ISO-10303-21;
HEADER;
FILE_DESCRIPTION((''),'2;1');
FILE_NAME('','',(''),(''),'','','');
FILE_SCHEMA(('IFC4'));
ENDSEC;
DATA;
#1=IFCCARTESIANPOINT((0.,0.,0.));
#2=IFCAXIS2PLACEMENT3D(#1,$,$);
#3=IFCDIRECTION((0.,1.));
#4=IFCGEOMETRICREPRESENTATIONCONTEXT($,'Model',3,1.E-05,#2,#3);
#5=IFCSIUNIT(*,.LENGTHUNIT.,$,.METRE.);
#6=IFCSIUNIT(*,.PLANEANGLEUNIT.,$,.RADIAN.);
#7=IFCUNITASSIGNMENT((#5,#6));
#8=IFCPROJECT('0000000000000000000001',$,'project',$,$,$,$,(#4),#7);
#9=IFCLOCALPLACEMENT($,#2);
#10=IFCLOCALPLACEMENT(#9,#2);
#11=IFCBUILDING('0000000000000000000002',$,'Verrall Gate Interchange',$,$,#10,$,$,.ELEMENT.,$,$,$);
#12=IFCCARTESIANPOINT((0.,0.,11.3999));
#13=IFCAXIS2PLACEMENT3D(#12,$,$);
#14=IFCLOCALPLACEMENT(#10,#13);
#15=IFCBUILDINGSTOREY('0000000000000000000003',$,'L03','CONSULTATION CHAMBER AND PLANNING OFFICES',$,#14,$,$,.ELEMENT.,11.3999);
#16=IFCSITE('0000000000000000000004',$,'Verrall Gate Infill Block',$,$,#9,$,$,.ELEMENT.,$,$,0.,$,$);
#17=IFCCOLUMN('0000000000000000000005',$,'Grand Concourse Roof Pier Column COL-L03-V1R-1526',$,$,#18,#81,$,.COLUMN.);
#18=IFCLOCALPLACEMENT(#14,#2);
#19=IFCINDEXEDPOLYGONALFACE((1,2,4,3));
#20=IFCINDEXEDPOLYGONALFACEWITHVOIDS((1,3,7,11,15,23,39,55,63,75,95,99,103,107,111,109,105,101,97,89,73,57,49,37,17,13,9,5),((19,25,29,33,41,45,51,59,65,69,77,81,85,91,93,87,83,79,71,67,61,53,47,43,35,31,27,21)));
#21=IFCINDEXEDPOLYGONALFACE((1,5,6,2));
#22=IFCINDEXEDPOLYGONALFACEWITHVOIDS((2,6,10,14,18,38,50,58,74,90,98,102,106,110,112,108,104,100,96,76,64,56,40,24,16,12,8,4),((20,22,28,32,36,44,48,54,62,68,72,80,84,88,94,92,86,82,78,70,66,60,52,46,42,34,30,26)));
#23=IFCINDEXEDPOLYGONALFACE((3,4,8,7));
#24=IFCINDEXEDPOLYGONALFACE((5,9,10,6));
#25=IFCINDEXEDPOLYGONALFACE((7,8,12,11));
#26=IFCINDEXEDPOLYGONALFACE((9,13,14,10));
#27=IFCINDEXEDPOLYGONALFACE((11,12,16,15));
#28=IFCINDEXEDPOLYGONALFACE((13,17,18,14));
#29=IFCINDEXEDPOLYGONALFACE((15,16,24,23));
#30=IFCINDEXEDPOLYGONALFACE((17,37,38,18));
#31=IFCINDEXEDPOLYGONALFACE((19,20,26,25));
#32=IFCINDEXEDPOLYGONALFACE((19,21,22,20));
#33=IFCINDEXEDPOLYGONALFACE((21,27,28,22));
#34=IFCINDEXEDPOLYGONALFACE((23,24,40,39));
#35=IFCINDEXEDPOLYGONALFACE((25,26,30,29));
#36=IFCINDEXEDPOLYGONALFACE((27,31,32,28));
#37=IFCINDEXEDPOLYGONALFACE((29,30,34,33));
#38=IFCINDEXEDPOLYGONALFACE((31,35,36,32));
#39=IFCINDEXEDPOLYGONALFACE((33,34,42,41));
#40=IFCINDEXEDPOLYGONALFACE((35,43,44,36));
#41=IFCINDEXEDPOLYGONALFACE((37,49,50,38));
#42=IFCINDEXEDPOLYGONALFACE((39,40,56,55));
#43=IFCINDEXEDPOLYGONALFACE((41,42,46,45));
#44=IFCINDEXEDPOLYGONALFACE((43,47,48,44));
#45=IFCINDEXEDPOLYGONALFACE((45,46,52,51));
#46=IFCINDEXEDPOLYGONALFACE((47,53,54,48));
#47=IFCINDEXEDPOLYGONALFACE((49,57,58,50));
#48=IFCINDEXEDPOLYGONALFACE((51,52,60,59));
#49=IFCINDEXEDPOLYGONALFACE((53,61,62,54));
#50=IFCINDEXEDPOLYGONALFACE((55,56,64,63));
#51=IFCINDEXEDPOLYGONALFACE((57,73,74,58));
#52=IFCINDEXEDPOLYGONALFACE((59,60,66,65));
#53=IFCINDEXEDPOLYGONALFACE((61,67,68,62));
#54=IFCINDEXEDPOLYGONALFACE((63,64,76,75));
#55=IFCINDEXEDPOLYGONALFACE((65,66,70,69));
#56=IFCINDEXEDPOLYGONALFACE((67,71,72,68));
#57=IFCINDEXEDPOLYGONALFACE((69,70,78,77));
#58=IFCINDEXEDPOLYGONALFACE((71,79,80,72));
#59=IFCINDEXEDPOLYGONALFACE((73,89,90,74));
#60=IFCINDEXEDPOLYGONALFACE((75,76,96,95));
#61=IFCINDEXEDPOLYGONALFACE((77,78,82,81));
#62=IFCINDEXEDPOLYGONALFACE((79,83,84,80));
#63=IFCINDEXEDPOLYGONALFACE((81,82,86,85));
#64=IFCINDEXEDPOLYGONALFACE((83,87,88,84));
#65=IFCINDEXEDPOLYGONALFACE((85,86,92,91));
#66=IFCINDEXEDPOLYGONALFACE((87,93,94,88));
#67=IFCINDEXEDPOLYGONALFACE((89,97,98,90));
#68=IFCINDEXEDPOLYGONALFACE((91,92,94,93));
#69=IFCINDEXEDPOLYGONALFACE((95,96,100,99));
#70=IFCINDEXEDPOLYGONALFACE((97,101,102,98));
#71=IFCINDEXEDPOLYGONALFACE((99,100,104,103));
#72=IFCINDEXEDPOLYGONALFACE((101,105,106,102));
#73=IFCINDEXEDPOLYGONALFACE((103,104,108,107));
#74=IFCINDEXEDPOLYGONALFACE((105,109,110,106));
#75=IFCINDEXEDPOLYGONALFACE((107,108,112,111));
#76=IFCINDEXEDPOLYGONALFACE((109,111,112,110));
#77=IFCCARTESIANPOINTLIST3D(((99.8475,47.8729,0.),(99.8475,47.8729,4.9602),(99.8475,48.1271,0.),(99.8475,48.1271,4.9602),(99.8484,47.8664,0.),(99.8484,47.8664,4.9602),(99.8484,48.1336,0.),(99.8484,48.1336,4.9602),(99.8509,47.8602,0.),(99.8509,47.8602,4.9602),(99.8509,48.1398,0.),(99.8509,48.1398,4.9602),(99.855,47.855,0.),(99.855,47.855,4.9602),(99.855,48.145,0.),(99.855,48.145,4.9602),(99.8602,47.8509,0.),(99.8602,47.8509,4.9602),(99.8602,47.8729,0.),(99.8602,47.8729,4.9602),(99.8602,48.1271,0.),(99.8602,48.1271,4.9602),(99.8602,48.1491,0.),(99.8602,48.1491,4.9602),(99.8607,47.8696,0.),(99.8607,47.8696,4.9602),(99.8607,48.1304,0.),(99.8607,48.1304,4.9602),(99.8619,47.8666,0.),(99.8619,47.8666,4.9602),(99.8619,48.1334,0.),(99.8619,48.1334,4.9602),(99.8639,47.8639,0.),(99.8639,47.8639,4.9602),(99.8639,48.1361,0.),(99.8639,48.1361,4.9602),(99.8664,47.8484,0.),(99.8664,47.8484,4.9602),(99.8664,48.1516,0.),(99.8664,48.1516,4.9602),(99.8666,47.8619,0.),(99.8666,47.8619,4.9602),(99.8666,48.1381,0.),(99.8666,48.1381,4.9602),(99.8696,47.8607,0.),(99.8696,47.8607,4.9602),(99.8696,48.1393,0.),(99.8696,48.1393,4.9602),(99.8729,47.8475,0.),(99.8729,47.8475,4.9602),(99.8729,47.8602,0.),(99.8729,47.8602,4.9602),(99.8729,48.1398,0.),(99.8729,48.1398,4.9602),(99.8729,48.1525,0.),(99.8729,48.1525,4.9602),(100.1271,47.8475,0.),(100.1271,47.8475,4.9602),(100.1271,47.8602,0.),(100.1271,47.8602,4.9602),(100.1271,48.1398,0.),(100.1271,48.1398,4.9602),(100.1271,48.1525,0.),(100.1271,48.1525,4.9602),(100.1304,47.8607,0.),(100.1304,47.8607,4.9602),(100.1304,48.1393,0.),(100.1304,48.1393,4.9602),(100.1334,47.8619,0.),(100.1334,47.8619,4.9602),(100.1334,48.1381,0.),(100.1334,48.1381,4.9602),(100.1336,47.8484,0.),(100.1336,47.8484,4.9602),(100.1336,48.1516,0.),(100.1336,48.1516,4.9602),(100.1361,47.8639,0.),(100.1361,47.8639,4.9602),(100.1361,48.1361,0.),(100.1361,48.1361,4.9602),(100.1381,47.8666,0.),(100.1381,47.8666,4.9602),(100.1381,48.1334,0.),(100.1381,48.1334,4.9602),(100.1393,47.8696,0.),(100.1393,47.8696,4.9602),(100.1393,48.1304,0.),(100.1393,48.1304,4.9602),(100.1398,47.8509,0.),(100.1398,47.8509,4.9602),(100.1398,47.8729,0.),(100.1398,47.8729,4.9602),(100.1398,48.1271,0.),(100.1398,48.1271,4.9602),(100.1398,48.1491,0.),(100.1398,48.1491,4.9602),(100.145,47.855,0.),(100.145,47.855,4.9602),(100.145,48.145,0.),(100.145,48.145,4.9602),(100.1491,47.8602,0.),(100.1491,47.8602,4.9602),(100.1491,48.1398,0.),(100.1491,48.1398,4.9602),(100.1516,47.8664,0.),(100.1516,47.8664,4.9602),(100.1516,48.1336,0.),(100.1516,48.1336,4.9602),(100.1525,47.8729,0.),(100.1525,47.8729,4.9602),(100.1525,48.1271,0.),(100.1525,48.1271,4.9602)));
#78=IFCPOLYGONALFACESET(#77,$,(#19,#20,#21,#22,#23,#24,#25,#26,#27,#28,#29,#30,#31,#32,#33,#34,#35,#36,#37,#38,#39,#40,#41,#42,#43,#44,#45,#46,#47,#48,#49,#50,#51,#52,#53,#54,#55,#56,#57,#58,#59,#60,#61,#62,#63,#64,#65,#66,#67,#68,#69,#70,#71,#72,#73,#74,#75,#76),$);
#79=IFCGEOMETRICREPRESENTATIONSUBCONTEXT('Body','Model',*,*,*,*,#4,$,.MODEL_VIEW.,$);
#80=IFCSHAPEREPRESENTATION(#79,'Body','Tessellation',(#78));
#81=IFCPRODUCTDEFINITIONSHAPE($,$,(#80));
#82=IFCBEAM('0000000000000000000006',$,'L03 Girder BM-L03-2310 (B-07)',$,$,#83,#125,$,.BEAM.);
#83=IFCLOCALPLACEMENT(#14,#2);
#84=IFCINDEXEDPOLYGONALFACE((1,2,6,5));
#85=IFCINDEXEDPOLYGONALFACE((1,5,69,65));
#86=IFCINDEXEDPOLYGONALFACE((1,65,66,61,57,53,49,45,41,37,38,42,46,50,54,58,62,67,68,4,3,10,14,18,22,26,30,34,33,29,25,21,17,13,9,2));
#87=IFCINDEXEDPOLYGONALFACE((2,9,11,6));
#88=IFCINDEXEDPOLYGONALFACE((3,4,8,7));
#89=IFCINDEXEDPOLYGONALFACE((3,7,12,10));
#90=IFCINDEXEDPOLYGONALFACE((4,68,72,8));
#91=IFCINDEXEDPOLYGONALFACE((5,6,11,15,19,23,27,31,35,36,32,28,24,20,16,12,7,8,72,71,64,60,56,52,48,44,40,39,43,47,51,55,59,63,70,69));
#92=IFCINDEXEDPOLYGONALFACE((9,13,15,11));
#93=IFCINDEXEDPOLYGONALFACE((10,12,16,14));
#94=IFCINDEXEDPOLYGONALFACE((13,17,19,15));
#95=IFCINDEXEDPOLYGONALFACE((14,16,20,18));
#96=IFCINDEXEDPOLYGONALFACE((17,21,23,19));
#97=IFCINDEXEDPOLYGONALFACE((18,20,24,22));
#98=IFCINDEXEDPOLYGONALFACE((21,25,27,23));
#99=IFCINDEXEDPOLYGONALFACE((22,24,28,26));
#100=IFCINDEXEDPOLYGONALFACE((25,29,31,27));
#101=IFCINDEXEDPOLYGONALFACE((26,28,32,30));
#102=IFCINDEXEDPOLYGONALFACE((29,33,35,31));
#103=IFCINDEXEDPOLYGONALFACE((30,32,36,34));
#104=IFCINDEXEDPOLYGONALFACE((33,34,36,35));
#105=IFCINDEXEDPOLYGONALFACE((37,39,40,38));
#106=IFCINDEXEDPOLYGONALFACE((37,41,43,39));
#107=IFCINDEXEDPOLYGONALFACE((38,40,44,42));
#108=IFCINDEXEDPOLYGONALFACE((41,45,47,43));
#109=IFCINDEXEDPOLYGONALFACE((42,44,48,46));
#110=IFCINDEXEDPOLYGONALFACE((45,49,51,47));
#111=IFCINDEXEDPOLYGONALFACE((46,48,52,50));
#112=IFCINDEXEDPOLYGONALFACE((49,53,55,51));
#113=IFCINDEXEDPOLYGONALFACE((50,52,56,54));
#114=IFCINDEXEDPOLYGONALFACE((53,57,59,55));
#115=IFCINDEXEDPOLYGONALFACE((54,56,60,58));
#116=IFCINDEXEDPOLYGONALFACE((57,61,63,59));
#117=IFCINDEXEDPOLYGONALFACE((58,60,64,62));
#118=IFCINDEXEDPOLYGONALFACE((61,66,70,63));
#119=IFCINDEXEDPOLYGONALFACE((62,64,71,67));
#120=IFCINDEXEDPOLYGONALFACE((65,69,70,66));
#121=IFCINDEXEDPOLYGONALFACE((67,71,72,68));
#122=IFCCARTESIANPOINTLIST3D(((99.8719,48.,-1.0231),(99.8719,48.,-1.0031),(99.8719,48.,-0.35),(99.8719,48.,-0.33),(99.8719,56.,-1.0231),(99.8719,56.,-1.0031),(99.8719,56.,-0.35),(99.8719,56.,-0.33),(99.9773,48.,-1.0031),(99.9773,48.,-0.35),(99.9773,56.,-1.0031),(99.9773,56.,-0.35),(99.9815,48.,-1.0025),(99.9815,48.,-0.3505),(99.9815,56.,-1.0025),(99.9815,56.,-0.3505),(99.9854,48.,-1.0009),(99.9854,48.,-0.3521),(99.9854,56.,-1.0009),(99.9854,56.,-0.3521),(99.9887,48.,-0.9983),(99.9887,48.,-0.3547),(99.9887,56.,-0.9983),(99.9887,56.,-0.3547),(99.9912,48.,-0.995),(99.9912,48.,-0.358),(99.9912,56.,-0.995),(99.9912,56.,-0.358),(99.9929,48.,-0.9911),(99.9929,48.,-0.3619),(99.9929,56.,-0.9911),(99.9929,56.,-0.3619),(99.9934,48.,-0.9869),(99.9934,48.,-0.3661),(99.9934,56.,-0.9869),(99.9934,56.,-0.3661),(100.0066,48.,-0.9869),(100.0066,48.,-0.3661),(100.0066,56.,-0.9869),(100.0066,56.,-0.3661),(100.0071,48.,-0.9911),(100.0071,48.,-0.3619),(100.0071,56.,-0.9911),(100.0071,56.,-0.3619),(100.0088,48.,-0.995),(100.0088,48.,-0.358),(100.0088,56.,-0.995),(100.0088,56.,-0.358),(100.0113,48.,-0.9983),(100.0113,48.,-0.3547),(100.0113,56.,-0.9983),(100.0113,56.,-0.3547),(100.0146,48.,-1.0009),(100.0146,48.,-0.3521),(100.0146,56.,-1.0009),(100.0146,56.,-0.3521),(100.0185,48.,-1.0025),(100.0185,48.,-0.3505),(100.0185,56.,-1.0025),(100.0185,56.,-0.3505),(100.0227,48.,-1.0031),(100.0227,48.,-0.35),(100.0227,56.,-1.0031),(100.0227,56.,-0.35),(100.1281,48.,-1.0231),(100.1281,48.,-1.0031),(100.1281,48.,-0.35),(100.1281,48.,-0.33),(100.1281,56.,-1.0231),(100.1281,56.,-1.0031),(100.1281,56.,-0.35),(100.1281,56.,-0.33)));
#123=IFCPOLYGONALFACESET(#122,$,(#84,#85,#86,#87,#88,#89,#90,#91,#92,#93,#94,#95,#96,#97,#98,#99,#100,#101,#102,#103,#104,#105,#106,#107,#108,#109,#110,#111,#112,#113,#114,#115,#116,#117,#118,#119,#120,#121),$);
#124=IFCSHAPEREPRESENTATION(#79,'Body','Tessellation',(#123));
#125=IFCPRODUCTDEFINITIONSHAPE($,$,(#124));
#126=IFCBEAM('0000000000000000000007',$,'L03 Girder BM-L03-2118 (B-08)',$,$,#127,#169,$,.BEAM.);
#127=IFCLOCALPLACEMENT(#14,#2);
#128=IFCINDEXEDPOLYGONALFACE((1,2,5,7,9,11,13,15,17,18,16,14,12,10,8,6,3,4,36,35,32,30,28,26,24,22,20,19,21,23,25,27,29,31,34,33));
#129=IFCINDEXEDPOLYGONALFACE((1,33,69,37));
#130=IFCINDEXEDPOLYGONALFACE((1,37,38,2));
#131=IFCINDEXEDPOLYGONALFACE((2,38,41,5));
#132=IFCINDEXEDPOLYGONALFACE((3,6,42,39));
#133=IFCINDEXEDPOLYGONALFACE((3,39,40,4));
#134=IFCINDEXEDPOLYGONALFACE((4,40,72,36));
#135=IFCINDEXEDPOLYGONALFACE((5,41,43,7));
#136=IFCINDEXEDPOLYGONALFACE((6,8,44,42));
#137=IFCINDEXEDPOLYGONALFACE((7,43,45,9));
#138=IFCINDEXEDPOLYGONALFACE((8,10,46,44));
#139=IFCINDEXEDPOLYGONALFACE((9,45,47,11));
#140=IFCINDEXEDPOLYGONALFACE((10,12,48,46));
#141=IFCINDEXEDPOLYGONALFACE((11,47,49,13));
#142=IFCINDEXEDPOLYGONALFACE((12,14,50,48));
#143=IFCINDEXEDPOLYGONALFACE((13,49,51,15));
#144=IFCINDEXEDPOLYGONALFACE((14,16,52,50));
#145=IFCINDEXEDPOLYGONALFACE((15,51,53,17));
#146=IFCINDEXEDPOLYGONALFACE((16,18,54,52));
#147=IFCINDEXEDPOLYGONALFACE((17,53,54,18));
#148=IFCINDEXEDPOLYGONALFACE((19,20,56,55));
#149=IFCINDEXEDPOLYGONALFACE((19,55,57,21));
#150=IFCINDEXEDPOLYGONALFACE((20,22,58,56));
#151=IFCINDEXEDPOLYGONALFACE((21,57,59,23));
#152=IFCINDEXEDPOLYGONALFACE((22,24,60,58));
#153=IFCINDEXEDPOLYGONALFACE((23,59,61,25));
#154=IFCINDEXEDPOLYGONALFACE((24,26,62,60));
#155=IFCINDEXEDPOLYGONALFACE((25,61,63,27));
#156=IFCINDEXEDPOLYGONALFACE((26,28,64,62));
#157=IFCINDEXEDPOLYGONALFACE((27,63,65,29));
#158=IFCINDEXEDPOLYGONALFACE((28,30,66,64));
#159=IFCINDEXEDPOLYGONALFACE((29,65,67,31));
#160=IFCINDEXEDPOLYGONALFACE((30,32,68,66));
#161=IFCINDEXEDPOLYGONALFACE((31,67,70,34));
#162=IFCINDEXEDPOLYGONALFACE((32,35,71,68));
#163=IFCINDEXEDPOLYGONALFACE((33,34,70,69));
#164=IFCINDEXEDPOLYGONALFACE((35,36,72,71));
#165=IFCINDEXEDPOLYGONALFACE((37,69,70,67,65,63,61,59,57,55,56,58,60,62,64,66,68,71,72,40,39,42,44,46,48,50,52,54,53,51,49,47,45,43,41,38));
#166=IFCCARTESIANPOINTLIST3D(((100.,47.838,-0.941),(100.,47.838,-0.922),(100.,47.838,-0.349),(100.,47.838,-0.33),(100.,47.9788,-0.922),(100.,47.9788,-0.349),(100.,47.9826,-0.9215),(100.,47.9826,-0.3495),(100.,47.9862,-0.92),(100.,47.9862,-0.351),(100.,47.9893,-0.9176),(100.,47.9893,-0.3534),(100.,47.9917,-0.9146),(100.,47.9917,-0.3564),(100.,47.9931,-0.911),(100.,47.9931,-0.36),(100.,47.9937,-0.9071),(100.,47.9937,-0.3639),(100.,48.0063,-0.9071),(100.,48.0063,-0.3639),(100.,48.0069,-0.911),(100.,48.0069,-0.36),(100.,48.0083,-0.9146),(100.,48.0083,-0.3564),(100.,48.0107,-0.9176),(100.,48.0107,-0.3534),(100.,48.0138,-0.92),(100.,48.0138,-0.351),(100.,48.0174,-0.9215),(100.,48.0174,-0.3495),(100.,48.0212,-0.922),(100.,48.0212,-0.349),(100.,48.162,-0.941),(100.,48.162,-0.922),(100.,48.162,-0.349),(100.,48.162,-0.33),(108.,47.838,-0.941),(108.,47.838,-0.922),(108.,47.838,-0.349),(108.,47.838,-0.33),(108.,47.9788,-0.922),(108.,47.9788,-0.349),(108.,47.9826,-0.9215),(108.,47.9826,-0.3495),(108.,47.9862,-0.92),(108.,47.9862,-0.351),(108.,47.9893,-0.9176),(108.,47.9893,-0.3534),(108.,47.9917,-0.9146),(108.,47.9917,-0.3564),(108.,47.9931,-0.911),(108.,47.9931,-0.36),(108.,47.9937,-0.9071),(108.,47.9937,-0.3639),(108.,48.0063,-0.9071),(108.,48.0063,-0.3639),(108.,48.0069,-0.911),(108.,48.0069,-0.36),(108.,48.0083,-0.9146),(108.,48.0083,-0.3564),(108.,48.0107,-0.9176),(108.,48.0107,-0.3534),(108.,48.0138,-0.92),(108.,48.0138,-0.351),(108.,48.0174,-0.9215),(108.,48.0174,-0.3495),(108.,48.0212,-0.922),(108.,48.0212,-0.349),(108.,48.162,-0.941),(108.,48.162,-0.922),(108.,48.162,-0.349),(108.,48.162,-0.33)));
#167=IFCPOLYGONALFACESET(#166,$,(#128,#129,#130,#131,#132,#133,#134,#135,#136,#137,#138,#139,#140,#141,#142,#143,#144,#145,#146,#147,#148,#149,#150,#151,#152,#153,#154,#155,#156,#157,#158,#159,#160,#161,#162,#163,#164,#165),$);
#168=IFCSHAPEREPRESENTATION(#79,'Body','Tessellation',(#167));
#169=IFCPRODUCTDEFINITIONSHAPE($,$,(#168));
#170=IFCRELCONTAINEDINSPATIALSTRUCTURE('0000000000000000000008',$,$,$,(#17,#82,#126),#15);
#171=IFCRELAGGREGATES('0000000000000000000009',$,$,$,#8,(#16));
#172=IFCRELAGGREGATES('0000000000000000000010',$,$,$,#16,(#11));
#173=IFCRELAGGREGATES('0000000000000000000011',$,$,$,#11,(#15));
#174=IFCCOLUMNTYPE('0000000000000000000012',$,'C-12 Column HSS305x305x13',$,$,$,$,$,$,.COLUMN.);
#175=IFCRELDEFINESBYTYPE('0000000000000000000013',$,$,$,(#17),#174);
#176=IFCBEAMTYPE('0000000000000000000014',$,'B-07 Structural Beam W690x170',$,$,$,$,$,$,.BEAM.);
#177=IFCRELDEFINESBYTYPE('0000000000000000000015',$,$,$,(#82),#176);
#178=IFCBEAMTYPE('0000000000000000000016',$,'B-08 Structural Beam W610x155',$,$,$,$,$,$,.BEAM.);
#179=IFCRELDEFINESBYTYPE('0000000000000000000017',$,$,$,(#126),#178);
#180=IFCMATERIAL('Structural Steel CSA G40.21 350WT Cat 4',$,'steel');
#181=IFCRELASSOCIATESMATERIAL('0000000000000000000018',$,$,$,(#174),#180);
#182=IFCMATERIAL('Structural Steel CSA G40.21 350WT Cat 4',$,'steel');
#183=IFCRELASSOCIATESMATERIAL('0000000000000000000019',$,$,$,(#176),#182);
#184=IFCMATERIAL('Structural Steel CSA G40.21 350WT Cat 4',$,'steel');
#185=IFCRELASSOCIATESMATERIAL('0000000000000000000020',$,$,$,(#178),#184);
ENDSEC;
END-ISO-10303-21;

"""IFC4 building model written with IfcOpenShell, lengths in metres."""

from ifc_helpers import new_model, si_unit, direction, frame, origin, origin_2d, place, context, subcontext, project, spatial, hollow_rectangle, i_section, extrude, material, material_profile, profile_set, type_object, element, save


model = new_model("IFC4")

# Units and contexts
model_context = context("Model", 3, precision=1e-05, world=origin(), true_north=direction((0.0, 1.0)))
body_context = subcontext(model_context, "Body", "Model", "MODEL_VIEW")
ifc_project = project(units=[si_unit("LENGTHUNIT", "METRE"), si_unit("PLANEANGLEUNIT", "RADIAN")], contexts=[model_context])

# Site, building, storey
site_placement = place(None, origin())
site = spatial("IfcSite", under=ifc_project, at=site_placement, Name="Verrall Gate Infill Block", CompositionType="ELEMENT", RefElevation=0.0)
building_placement = place(site_placement, origin())
building = spatial("IfcBuilding", under=site, at=building_placement, Name="Verrall Gate Interchange", CompositionType="ELEMENT")
storey_placement = place(building_placement, frame((0.0, 0.0, 11.3999)))
storey = spatial("IfcBuildingStorey", under=building, at=storey_placement, Name="L03", Description="CONSULTATION CHAMBER AND PLANNING OFFICES", CompositionType="ELEMENT", Elevation=11.3999)

# Column
ifc_material_1 = material(Name="Structural Steel CSA G40.21 350WT Cat 4", Category="steel")
ifc_material_profile_1 = material_profile(ifc_material_1, hollow_rectangle(XDim=0.3049, YDim=0.3049, WallThickness=0.0127, InnerFilletRadius=0.0127, OuterFilletRadius=0.0254, at=origin_2d()), Name="HSS305x305x13")
ifc_profile_set_1 = profile_set([ifc_material_profile_1], Name="Structural Steel CSA G40.21 350WT Cat 4")
column_type = type_object("IfcColumnType", Name="C-12 Column HSS305x305x13", PredefinedType="COLUMN", material=ifc_profile_set_1)
column_placement = place(storey_placement, frame((100.0, 48.0, 0.0), z_axis=(0.0, 0.0, 1.0), x_axis=(1.0, 0.0, 0.0)))
element("IfcColumn", 1, at=column_placement, inside=storey, type_object=column_type, Name="Grand Concourse Roof Pier Column COL-L03-V1R-1526", PredefinedType="COLUMN", context=body_context, shape_type="SweptSolid", body=[
    extrude(hollow_rectangle(XDim=0.3049, YDim=0.3049, WallThickness=0.0127, InnerFilletRadius=0.0127, OuterFilletRadius=0.0254, at=origin_2d()), origin(), (0.0, 0.0, 1.0), 4.9602),
])

# Beams
ifc_material_2 = material(Name="Structural Steel CSA G40.21 350WT Cat 4", Category="steel")
ifc_material_profile_2 = material_profile(ifc_material_2, i_section(OverallWidth=0.2561, OverallDepth=0.6931, WebThickness=0.0132, FlangeThickness=0.02, FilletRadius=0.0161, at=origin_2d()), Name="W690x170")
ifc_profile_set_2 = profile_set([ifc_material_profile_2], Name="Structural Steel CSA G40.21 350WT Cat 4")
beam_type_1 = type_object("IfcBeamType", Name="B-07 Structural Beam W690x170", PredefinedType="BEAM", material=ifc_profile_set_2)
beam_1_placement = place(storey_placement, frame((100.0, 48.0, -0.6765), z_axis=(0.0, 1.0, 0.0), x_axis=(-1.0, 0.0, 0.0)))
element("IfcBeam", 2, at=beam_1_placement, inside=storey, type_object=beam_type_1, Name="L03 Girder BM-L03-2310 (B-07)", PredefinedType="BEAM", context=body_context, shape_type="SweptSolid", body=[
    extrude(i_section(OverallWidth=0.2561, OverallDepth=0.6931, WebThickness=0.0132, FlangeThickness=0.02, FilletRadius=0.0161, at=origin_2d()), origin(), (0.0, 0.0, 1.0), 8.0),
])
ifc_material_3 = material(Name="Structural Steel CSA G40.21 350WT Cat 4", Category="steel")
ifc_material_profile_3 = material_profile(ifc_material_3, i_section(OverallWidth=0.324, OverallDepth=0.6111, WebThickness=0.0127, FlangeThickness=0.019, FilletRadius=0.0149, at=origin_2d()), Name="W610x155")
ifc_profile_set_3 = profile_set([ifc_material_profile_3], Name="Structural Steel CSA G40.21 350WT Cat 4")
beam_type_2 = type_object("IfcBeamType", Name="B-08 Structural Beam W610x155", PredefinedType="BEAM", material=ifc_profile_set_3)
for number, where, z_axis, x_axis, name in (
    (3, (100.0, 48.0, -0.6355), (1.0, 0.0, 0.0), (0.0, 1.0, 0.0), "L03 Girder BM-L03-2118 (B-08)"),
):
    element("IfcBeam", number, at=place(storey_placement, frame(where, z_axis=z_axis, x_axis=x_axis)), inside=storey, type_object=beam_type_2, Name=name, PredefinedType="BEAM", context=body_context, shape_type="SweptSolid", body=[
        extrude(i_section(OverallWidth=0.324, OverallDepth=0.6111, WebThickness=0.0127, FlangeThickness=0.019, FilletRadius=0.0149, at=origin_2d()), origin(), (0.0, 0.0, 1.0), 8.0),
    ])

save(model, "model.ifc")
